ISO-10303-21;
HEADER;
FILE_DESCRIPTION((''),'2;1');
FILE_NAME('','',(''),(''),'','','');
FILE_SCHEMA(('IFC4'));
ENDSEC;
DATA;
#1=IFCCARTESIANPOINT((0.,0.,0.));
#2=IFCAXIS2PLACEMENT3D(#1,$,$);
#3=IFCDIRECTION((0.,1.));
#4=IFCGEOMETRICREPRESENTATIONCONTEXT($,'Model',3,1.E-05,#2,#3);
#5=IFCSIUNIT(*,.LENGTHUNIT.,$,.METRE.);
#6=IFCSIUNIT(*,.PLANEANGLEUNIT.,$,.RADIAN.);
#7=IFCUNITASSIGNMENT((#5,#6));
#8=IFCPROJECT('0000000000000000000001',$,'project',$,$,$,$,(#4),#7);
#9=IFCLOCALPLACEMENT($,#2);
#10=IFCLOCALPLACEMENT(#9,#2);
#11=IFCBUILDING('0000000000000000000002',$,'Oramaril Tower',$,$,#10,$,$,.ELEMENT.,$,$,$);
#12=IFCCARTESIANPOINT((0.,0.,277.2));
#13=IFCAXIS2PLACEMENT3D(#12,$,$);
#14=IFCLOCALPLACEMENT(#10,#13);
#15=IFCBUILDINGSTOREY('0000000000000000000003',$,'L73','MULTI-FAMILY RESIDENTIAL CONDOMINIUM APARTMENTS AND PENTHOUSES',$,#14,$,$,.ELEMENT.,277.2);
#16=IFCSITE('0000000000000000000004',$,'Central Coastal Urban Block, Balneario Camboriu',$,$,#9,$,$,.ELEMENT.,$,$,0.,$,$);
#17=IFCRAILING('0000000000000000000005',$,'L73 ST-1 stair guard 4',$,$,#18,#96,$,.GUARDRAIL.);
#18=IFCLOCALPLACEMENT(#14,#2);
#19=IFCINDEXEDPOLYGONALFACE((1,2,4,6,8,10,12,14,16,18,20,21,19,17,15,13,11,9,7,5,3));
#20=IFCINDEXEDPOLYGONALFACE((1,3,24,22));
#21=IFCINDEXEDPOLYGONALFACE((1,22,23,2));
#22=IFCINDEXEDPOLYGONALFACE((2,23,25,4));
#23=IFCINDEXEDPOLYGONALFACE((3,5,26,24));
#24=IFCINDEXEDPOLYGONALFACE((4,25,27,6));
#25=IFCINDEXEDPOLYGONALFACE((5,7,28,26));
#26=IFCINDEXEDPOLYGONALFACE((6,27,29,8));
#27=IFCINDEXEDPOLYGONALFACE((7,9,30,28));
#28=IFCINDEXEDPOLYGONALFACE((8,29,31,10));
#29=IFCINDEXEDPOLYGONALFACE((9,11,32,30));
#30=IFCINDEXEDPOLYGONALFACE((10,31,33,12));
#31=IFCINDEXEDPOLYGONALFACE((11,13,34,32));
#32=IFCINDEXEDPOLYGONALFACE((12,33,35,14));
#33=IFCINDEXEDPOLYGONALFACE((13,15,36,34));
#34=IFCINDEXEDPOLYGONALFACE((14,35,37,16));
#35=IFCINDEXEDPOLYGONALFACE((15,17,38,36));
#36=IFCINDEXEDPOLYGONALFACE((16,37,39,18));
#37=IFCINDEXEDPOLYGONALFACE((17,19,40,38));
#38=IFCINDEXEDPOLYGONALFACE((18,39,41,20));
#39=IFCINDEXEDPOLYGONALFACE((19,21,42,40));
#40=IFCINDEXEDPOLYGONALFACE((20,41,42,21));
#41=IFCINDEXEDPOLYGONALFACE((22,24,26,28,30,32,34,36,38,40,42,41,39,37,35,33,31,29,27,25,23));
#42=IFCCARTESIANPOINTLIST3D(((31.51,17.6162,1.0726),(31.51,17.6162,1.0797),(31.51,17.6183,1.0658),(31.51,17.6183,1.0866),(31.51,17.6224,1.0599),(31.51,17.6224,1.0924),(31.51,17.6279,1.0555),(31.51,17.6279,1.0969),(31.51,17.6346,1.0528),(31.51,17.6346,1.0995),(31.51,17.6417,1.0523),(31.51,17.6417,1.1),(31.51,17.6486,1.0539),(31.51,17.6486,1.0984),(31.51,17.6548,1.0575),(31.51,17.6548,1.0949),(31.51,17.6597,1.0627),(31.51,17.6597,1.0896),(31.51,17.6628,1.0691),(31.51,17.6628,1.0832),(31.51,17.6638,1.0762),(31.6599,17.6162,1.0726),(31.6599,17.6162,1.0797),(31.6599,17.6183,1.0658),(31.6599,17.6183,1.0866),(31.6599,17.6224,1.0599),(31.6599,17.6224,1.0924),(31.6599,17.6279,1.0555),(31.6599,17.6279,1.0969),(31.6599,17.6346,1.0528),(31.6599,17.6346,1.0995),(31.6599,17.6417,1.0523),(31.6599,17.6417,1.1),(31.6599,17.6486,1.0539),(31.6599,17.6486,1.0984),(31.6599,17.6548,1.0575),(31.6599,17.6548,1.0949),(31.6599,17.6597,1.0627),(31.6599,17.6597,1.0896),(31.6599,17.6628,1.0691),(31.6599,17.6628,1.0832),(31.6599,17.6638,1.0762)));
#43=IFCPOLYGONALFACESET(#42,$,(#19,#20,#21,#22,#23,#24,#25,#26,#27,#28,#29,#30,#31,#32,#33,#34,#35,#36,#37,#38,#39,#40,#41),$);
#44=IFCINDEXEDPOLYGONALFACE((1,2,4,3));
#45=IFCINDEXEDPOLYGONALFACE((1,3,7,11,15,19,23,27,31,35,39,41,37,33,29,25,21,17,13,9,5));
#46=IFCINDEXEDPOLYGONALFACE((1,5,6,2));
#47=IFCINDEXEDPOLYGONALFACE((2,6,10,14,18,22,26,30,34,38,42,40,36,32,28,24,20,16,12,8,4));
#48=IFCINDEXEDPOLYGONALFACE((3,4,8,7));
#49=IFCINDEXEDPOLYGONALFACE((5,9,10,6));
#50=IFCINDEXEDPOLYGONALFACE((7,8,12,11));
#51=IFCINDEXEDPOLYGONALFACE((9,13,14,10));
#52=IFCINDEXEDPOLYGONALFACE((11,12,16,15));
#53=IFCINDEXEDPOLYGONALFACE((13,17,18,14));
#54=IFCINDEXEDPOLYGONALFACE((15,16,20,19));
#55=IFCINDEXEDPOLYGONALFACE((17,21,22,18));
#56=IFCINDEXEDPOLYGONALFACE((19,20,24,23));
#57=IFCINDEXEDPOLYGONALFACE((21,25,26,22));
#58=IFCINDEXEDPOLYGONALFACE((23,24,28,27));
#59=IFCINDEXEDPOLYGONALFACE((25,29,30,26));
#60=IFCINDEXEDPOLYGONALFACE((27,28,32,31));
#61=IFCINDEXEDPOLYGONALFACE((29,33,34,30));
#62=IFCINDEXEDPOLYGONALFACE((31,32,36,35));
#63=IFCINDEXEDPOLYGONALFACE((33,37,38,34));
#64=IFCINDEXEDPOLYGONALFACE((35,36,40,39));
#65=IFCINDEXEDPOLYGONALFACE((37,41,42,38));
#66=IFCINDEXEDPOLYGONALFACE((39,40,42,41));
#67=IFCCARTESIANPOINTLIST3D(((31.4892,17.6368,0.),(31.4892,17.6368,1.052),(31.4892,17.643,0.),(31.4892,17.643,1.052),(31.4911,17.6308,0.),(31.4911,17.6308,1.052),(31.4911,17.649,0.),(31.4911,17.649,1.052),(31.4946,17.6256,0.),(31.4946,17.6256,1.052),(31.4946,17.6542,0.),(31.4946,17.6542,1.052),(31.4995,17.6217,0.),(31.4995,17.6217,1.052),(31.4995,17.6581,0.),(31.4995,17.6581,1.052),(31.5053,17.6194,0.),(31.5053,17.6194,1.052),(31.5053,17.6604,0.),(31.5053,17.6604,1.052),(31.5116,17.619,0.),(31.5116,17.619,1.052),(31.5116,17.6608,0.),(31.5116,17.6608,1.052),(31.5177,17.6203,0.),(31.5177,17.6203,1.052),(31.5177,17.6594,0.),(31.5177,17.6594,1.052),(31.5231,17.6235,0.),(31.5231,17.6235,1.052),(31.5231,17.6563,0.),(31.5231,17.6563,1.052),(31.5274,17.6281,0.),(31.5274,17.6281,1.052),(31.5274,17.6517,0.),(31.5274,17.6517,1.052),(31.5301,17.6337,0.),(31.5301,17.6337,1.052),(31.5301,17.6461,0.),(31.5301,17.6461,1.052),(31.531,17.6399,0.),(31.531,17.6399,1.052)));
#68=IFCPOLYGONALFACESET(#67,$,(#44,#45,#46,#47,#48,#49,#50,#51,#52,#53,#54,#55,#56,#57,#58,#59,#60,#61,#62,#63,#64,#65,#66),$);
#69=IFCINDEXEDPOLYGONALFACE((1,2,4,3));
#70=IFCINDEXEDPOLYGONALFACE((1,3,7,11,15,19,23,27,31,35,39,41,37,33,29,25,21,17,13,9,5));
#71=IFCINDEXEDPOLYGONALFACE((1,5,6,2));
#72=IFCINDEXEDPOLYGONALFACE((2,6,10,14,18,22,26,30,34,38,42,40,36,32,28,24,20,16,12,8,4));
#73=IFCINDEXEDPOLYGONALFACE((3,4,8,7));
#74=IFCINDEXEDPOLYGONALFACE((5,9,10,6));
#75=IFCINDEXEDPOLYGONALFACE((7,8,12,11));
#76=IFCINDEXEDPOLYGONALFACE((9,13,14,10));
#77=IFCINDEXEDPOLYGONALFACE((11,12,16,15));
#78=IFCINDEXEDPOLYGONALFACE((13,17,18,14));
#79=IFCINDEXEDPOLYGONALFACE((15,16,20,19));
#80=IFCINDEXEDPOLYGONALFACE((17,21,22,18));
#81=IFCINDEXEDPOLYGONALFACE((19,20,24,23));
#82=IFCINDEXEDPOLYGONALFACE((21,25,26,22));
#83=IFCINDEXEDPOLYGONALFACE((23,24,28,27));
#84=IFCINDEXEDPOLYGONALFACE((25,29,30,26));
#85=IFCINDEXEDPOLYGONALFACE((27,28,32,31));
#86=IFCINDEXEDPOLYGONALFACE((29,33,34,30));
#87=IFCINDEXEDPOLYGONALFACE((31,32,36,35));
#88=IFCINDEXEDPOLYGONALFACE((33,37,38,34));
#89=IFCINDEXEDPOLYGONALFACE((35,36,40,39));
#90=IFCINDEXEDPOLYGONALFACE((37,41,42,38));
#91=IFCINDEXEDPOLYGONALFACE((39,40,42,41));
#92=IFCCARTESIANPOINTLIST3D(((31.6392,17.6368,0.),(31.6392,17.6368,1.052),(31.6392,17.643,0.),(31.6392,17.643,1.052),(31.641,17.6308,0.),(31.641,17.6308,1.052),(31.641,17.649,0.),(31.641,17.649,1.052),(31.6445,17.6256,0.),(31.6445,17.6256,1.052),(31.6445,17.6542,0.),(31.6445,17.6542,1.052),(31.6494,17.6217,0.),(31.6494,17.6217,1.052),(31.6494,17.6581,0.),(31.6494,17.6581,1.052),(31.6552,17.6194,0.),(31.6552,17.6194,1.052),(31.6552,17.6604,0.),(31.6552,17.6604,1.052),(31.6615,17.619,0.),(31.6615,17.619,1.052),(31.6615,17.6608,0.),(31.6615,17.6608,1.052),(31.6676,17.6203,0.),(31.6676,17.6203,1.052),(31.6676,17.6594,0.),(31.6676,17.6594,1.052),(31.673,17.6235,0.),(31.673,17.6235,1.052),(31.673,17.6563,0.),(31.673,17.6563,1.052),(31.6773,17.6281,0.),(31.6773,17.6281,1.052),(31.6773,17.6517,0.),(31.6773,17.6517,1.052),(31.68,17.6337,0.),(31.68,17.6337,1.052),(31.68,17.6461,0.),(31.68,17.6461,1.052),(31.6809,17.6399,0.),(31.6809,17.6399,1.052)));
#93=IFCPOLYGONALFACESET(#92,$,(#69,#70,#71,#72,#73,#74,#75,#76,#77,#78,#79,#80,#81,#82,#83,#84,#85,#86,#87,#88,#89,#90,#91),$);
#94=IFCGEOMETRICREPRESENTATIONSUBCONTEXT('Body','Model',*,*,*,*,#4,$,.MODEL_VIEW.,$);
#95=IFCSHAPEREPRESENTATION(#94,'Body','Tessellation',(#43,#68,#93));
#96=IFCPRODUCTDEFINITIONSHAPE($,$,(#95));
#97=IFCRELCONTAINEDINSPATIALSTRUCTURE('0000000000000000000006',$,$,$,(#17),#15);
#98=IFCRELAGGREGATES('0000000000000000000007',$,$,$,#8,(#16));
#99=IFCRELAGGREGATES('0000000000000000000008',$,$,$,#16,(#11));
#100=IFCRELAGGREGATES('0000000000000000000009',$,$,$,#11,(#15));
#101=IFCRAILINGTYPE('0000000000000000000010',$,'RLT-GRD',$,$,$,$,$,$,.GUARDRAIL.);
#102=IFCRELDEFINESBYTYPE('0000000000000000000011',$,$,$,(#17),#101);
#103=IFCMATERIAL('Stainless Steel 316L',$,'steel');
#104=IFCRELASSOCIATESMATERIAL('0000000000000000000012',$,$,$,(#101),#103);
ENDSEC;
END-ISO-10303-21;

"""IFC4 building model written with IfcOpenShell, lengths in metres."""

from ifc_helpers import new_model, si_unit, direction, frame, origin, origin_2d, place, context, subcontext, project, spatial, circle, extrude, material, type_object, element, save


model = new_model("IFC4")

# Units and contexts
model_context = context("Model", 3, precision=1e-05, world=origin(), true_north=direction((0.0, 1.0)))
body_context = subcontext(model_context, "Body", "Model", "MODEL_VIEW")
ifc_project = project(units=[si_unit("LENGTHUNIT", "METRE"), si_unit("PLANEANGLEUNIT", "RADIAN")], contexts=[model_context])

# Site, building, storey
site_placement = place(None, origin())
site = spatial("IfcSite", under=ifc_project, at=site_placement, Name="Central Coastal Urban Block, Balneario Camboriu", CompositionType="ELEMENT", RefElevation=0.0)
building_placement = place(site_placement, origin())
building = spatial("IfcBuilding", under=site, at=building_placement, Name="Oramaril Tower", CompositionType="ELEMENT")
storey_placement = place(building_placement, frame((0.0, 0.0, 277.2)))
storey = spatial("IfcBuildingStorey", under=building, at=storey_placement, Name="L73", Description="MULTI-FAMILY RESIDENTIAL CONDOMINIUM APARTMENTS AND PENTHOUSES", CompositionType="ELEMENT", Elevation=277.2)

# Railing
ifc_material_1 = material(Name="Stainless Steel 316L", Category="steel")
railing_type_1 = type_object("IfcRailingType", Name="RLT-GRD", PredefinedType="GUARDRAIL", material=ifc_material_1)
railing_1_placement = place(storey_placement, frame((31.51, 17.6399, 0.0)))
element("IfcRailing", 1, at=railing_1_placement, inside=storey, type_object=railing_type_1, Name="L73 ST-1 stair guard 4", PredefinedType="GUARDRAIL", context=body_context, shape_type="SweptSolid", body=[
    extrude(circle(Radius=0.0239, at=origin_2d()), frame((0.0, 0.0, 1.0762), z_axis=(1.0, 0.0, 0.0), x_axis=(0.0, 1.0, 0.0)), (0.0, 0.0, 1.0), 0.1499),
    extrude(circle(Radius=0.021, at=origin_2d()), origin(), (0.0, 0.0, 1.0), 1.052),
    extrude(circle(Radius=0.021, at=origin_2d()), frame((0.1499, 0.0, 0.0)), (0.0, 0.0, 1.0), 1.052),
])

save(model, "model.ifc")
